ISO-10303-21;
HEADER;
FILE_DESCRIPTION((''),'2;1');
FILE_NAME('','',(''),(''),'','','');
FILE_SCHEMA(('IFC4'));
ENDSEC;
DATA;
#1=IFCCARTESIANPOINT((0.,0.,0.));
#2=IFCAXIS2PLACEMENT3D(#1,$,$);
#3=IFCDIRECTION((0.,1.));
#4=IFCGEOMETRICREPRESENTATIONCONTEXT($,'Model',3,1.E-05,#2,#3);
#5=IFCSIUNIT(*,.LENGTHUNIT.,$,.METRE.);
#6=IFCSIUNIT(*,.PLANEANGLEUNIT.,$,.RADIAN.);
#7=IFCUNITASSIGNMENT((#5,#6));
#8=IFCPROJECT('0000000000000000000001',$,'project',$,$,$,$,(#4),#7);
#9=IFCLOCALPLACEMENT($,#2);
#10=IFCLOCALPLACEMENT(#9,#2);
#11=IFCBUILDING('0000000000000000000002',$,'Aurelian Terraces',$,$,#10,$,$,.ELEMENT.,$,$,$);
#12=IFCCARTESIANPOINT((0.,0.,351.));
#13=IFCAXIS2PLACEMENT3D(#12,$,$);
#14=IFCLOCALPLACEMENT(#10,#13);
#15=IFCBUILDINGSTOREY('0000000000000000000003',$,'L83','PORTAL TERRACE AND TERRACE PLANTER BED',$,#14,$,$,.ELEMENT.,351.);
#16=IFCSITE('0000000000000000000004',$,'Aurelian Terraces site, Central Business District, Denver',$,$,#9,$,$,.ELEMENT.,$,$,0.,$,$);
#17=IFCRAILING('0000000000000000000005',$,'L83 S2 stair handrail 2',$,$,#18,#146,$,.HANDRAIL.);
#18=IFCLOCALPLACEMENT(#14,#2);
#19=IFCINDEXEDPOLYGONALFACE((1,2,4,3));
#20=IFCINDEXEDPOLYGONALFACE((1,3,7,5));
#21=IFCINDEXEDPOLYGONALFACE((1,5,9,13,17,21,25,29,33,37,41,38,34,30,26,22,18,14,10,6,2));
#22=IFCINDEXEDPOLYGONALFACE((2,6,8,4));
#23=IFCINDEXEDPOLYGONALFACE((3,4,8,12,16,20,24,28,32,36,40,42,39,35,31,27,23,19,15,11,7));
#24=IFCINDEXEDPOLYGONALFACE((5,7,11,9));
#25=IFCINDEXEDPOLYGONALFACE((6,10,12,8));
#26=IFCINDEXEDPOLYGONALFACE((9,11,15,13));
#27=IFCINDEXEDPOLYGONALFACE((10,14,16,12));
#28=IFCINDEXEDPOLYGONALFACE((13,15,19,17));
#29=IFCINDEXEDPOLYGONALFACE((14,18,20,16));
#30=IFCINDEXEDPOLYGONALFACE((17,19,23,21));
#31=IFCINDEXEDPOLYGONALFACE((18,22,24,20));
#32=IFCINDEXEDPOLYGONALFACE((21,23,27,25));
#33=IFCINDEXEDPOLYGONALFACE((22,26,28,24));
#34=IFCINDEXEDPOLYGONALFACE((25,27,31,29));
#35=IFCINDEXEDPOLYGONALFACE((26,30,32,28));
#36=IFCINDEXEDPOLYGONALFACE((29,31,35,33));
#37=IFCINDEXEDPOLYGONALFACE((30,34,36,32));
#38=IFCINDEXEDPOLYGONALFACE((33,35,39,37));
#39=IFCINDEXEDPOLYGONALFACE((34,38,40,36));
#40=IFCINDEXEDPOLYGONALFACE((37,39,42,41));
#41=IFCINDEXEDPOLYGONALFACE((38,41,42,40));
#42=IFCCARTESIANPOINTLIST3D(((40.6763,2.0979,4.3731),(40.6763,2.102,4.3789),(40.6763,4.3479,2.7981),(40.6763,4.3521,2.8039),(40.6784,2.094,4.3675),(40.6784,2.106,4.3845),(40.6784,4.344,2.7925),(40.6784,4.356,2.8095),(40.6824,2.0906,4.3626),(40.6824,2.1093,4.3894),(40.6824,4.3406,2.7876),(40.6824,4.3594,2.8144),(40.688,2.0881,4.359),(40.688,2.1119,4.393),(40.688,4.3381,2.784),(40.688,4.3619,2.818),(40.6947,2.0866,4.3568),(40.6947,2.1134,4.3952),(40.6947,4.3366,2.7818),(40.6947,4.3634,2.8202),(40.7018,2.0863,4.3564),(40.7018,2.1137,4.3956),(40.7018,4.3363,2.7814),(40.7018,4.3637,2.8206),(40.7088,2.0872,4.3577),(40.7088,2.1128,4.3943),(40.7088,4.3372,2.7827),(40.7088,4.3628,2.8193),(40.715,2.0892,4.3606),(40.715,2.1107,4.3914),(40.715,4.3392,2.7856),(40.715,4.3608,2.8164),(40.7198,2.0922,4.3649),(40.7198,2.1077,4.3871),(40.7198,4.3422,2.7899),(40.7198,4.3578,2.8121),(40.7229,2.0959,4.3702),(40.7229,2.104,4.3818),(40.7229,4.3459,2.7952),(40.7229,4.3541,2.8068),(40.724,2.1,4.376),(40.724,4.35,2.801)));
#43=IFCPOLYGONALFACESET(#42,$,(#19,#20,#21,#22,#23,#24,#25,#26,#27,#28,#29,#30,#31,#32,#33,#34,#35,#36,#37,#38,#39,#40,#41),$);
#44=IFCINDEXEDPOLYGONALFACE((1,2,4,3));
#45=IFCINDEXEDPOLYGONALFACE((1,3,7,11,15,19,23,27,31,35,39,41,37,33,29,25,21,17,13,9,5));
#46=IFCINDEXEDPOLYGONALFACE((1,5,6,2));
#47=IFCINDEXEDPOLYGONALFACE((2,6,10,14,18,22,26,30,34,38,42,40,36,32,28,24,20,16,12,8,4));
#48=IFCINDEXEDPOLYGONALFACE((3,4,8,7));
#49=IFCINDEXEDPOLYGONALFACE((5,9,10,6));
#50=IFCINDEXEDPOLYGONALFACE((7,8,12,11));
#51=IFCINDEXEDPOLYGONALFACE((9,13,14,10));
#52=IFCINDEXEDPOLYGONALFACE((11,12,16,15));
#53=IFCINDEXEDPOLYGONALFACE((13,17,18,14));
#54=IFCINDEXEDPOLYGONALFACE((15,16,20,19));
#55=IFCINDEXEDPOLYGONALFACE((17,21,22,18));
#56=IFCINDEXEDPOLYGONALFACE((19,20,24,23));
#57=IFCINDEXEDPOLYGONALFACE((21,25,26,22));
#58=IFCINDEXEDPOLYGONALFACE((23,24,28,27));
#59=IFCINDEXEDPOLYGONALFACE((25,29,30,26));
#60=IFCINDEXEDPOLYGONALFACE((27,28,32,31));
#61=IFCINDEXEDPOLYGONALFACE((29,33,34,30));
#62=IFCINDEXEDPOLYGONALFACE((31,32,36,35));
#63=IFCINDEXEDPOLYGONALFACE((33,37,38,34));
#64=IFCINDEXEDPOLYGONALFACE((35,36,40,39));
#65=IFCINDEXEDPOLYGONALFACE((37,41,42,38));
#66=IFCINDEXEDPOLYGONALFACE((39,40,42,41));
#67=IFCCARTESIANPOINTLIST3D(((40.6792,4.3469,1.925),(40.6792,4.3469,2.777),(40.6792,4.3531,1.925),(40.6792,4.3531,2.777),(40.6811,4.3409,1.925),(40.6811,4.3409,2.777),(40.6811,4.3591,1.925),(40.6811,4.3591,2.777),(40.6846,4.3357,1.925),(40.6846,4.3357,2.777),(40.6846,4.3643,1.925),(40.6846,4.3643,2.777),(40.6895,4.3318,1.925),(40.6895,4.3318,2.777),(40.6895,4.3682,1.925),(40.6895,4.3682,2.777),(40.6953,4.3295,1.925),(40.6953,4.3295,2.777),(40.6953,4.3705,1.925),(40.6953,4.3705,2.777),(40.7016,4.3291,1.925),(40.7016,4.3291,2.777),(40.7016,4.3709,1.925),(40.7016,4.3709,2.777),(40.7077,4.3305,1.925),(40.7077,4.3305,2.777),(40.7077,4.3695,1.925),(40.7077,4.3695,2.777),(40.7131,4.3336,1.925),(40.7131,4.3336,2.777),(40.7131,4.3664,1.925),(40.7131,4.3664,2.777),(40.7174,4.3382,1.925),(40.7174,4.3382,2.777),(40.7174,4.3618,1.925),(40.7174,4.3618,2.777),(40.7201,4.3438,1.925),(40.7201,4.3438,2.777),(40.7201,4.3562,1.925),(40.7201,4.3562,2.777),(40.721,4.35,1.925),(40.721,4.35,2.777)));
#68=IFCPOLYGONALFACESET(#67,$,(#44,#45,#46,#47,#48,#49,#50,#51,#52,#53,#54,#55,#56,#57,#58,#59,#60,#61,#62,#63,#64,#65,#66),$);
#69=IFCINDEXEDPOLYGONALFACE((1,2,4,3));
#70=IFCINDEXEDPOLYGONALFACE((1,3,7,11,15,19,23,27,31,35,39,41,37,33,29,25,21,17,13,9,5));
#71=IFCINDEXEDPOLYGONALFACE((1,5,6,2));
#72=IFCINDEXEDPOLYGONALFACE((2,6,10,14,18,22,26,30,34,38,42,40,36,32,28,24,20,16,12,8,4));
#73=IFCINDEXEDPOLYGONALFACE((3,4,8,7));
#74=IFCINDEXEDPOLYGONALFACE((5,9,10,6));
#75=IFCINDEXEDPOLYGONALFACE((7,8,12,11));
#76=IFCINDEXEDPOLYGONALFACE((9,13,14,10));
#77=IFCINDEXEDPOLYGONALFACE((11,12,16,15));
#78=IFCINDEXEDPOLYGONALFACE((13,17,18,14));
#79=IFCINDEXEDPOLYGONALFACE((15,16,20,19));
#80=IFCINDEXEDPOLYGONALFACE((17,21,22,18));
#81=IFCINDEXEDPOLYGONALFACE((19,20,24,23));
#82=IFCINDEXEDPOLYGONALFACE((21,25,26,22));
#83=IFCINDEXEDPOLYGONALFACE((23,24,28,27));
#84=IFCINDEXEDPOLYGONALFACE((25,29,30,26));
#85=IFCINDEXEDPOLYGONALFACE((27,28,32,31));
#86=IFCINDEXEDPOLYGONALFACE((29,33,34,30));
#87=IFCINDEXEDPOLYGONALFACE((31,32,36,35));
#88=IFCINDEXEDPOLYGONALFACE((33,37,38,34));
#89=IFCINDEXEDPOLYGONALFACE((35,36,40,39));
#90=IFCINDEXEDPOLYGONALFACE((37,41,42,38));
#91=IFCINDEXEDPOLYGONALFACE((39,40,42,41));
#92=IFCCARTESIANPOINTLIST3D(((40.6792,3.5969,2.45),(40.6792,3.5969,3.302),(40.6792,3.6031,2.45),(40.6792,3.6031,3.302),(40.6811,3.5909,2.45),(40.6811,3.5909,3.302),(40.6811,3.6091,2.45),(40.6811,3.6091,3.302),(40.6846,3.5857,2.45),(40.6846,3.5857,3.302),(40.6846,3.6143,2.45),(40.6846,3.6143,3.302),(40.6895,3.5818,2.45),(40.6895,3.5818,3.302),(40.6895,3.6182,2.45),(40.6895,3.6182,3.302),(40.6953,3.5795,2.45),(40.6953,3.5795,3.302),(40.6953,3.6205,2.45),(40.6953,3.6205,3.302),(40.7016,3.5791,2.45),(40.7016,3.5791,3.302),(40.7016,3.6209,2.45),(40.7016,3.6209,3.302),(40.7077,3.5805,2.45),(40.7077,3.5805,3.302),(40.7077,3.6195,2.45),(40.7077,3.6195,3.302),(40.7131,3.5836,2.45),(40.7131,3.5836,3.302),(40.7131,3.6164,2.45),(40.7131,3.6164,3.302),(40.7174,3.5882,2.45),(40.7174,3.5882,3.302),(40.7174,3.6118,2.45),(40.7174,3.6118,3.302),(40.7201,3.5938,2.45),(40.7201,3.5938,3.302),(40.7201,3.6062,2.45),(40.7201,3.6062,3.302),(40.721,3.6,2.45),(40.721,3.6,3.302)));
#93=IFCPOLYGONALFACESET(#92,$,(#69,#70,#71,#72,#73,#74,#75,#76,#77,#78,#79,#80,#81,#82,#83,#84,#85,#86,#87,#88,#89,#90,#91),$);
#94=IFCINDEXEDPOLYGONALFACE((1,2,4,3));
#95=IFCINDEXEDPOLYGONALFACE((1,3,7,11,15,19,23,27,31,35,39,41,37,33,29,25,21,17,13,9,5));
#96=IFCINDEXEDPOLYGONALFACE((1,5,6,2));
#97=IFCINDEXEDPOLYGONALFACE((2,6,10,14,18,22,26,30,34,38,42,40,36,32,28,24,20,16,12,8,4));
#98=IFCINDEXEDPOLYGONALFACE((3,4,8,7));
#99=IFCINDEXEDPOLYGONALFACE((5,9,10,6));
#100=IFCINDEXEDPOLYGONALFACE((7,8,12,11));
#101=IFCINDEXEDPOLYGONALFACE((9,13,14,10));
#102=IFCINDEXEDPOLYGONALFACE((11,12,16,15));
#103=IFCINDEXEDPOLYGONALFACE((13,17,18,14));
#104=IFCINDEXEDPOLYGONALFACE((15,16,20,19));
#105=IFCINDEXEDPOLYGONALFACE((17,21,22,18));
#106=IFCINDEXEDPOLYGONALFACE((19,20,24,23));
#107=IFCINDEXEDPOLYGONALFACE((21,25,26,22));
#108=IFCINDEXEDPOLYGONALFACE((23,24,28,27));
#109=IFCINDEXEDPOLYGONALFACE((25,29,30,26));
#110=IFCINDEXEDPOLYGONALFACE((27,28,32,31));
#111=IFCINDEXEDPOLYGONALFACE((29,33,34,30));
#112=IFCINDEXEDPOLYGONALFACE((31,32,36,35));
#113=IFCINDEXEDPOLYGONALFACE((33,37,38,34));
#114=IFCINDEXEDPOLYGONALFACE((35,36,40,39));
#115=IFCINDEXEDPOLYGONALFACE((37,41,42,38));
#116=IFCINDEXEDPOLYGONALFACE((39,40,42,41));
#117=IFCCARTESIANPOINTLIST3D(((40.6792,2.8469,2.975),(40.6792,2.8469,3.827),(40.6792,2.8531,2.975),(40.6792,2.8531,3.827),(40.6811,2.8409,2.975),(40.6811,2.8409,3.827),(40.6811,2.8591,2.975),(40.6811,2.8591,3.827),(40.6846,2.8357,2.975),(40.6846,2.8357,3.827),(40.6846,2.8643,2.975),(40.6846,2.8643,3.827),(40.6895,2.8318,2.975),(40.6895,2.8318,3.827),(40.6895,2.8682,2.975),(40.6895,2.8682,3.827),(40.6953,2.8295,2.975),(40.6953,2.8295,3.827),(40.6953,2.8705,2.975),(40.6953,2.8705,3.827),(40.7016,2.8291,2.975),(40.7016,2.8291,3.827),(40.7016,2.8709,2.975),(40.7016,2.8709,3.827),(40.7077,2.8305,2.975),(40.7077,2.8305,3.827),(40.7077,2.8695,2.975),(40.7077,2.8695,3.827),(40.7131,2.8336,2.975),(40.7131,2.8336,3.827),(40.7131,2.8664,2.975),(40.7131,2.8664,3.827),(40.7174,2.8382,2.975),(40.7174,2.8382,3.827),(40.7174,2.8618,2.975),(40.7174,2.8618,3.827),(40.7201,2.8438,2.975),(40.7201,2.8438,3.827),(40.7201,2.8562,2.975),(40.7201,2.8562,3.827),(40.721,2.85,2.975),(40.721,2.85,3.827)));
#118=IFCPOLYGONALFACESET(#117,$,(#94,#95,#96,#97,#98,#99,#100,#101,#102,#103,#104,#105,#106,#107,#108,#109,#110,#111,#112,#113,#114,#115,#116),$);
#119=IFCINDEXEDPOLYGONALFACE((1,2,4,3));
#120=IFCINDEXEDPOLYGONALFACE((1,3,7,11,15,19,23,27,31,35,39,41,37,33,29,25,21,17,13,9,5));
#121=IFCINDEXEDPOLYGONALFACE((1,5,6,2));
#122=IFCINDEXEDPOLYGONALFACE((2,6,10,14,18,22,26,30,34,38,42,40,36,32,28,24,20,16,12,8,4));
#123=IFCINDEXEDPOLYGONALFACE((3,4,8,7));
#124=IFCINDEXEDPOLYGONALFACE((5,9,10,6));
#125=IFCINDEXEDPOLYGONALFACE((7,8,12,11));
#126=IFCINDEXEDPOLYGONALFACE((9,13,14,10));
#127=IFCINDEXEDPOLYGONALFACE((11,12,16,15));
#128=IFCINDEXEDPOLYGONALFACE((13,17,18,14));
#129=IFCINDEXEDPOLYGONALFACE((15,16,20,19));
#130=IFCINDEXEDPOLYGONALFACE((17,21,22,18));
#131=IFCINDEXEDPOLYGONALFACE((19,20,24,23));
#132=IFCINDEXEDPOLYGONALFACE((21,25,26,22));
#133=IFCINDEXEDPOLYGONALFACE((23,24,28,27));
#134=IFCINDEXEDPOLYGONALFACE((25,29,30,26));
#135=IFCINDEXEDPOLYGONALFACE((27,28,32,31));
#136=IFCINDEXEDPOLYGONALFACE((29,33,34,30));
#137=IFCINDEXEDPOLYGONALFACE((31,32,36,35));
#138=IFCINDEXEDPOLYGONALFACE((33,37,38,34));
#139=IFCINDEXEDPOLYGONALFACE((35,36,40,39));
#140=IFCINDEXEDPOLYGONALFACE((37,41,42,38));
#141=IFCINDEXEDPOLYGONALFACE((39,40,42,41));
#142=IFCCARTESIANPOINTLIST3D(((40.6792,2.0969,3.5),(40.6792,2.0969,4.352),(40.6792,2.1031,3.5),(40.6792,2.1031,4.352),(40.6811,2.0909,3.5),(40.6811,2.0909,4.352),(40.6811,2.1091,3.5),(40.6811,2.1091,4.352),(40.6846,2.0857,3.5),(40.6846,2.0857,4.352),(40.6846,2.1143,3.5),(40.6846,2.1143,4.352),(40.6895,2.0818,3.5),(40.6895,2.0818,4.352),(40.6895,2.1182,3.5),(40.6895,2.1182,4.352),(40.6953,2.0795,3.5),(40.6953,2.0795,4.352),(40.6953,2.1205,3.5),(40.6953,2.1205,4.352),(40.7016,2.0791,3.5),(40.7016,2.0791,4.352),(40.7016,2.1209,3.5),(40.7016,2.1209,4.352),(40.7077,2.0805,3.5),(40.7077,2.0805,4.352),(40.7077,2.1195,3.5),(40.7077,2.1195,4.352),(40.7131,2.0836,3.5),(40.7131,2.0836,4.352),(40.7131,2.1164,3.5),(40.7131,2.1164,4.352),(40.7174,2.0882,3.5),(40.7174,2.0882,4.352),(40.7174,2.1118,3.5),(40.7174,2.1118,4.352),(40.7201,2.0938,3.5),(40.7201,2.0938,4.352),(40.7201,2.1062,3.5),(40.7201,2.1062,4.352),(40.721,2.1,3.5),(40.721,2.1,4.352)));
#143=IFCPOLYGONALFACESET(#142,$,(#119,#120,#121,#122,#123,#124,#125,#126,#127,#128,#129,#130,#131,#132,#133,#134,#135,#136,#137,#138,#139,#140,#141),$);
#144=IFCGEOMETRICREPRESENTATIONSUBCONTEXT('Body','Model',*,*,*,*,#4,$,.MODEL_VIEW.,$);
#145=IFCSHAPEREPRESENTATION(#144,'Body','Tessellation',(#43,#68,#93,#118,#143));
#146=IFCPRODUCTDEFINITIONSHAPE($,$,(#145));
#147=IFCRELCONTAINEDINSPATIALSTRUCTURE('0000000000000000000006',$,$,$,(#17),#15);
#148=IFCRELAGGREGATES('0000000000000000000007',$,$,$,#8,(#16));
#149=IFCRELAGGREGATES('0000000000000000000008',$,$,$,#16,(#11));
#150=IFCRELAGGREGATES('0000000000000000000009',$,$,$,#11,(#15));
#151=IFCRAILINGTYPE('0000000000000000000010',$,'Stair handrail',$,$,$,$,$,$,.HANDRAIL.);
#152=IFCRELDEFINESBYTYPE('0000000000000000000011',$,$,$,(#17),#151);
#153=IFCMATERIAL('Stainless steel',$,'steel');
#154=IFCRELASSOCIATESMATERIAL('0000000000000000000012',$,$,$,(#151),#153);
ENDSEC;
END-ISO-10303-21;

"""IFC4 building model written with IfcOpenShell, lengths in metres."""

from ifc_helpers import new_model, si_unit, direction, frame, origin, origin_2d, place, context, subcontext, project, spatial, circle, extrude, source, transform, mapped, material, type_object, element, save


model = new_model("IFC4")

# Units and contexts
model_context = context("Model", 3, precision=1e-05, world=origin(), true_north=direction((0.0, 1.0)))
body_context = subcontext(model_context, "Body", "Model", "MODEL_VIEW")
ifc_project = project(units=[si_unit("LENGTHUNIT", "METRE"), si_unit("PLANEANGLEUNIT", "RADIAN")], contexts=[model_context])

# Site, building, storey
site_placement = place(None, origin())
site = spatial("IfcSite", under=ifc_project, at=site_placement, Name="Aurelian Terraces site, Central Business District, Denver", CompositionType="ELEMENT", RefElevation=0.0)
building_placement = place(site_placement, origin())
building = spatial("IfcBuilding", under=site, at=building_placement, Name="Aurelian Terraces", CompositionType="ELEMENT")
storey_placement = place(building_placement, frame((0.0, 0.0, 351.0)))
storey = spatial("IfcBuildingStorey", under=building, at=storey_placement, Name="L83", Description="PORTAL TERRACE AND TERRACE PLANTER BED", CompositionType="ELEMENT", Elevation=351.0)

# Railing
ifc_material_1 = material(Name="Stainless steel", Category="steel")
railing_type_1 = type_object("IfcRailingType", Name="Stair handrail", PredefinedType="HANDRAIL", material=ifc_material_1)
shared_shape_1 = source(origin(), body_context, "Body", "SweptSolid", [
    extrude(circle(Radius=0.024, at=origin_2d()), frame((0.0, 0.0, 0.876), z_axis=(0.0, -0.819232, 0.573462), x_axis=(1.0, 0.0, 0.0)), (0.0, 0.0, 1.0), 2.7465),
    extrude(circle(Radius=0.021, at=origin_2d()), origin(), (0.0, 0.0, 1.0), 0.852),
    extrude(circle(Radius=0.021, at=origin_2d()), frame((0.0, -0.75, 0.525)), (0.0, 0.0, 1.0), 0.852),
    extrude(circle(Radius=0.021, at=origin_2d()), frame((0.0, -1.5, 1.05)), (0.0, 0.0, 1.0), 0.852),
    extrude(circle(Radius=0.021, at=origin_2d()), frame((0.0, -2.25, 1.575)), (0.0, 0.0, 1.0), 0.852),
])
railing_1_placement = place(storey_placement, frame((40.7, 4.35, 1.925)))
element("IfcRailing", 1, at=railing_1_placement, inside=storey, type_object=railing_type_1, Name="L83 S2 stair handrail 2", PredefinedType="HANDRAIL", context=body_context, shape_type="MappedRepresentation", body=[
    mapped(shared_shape_1, transform((0.0, 0.0, 0.0), scale=1.0)),
])

save(model, "model.ifc")
